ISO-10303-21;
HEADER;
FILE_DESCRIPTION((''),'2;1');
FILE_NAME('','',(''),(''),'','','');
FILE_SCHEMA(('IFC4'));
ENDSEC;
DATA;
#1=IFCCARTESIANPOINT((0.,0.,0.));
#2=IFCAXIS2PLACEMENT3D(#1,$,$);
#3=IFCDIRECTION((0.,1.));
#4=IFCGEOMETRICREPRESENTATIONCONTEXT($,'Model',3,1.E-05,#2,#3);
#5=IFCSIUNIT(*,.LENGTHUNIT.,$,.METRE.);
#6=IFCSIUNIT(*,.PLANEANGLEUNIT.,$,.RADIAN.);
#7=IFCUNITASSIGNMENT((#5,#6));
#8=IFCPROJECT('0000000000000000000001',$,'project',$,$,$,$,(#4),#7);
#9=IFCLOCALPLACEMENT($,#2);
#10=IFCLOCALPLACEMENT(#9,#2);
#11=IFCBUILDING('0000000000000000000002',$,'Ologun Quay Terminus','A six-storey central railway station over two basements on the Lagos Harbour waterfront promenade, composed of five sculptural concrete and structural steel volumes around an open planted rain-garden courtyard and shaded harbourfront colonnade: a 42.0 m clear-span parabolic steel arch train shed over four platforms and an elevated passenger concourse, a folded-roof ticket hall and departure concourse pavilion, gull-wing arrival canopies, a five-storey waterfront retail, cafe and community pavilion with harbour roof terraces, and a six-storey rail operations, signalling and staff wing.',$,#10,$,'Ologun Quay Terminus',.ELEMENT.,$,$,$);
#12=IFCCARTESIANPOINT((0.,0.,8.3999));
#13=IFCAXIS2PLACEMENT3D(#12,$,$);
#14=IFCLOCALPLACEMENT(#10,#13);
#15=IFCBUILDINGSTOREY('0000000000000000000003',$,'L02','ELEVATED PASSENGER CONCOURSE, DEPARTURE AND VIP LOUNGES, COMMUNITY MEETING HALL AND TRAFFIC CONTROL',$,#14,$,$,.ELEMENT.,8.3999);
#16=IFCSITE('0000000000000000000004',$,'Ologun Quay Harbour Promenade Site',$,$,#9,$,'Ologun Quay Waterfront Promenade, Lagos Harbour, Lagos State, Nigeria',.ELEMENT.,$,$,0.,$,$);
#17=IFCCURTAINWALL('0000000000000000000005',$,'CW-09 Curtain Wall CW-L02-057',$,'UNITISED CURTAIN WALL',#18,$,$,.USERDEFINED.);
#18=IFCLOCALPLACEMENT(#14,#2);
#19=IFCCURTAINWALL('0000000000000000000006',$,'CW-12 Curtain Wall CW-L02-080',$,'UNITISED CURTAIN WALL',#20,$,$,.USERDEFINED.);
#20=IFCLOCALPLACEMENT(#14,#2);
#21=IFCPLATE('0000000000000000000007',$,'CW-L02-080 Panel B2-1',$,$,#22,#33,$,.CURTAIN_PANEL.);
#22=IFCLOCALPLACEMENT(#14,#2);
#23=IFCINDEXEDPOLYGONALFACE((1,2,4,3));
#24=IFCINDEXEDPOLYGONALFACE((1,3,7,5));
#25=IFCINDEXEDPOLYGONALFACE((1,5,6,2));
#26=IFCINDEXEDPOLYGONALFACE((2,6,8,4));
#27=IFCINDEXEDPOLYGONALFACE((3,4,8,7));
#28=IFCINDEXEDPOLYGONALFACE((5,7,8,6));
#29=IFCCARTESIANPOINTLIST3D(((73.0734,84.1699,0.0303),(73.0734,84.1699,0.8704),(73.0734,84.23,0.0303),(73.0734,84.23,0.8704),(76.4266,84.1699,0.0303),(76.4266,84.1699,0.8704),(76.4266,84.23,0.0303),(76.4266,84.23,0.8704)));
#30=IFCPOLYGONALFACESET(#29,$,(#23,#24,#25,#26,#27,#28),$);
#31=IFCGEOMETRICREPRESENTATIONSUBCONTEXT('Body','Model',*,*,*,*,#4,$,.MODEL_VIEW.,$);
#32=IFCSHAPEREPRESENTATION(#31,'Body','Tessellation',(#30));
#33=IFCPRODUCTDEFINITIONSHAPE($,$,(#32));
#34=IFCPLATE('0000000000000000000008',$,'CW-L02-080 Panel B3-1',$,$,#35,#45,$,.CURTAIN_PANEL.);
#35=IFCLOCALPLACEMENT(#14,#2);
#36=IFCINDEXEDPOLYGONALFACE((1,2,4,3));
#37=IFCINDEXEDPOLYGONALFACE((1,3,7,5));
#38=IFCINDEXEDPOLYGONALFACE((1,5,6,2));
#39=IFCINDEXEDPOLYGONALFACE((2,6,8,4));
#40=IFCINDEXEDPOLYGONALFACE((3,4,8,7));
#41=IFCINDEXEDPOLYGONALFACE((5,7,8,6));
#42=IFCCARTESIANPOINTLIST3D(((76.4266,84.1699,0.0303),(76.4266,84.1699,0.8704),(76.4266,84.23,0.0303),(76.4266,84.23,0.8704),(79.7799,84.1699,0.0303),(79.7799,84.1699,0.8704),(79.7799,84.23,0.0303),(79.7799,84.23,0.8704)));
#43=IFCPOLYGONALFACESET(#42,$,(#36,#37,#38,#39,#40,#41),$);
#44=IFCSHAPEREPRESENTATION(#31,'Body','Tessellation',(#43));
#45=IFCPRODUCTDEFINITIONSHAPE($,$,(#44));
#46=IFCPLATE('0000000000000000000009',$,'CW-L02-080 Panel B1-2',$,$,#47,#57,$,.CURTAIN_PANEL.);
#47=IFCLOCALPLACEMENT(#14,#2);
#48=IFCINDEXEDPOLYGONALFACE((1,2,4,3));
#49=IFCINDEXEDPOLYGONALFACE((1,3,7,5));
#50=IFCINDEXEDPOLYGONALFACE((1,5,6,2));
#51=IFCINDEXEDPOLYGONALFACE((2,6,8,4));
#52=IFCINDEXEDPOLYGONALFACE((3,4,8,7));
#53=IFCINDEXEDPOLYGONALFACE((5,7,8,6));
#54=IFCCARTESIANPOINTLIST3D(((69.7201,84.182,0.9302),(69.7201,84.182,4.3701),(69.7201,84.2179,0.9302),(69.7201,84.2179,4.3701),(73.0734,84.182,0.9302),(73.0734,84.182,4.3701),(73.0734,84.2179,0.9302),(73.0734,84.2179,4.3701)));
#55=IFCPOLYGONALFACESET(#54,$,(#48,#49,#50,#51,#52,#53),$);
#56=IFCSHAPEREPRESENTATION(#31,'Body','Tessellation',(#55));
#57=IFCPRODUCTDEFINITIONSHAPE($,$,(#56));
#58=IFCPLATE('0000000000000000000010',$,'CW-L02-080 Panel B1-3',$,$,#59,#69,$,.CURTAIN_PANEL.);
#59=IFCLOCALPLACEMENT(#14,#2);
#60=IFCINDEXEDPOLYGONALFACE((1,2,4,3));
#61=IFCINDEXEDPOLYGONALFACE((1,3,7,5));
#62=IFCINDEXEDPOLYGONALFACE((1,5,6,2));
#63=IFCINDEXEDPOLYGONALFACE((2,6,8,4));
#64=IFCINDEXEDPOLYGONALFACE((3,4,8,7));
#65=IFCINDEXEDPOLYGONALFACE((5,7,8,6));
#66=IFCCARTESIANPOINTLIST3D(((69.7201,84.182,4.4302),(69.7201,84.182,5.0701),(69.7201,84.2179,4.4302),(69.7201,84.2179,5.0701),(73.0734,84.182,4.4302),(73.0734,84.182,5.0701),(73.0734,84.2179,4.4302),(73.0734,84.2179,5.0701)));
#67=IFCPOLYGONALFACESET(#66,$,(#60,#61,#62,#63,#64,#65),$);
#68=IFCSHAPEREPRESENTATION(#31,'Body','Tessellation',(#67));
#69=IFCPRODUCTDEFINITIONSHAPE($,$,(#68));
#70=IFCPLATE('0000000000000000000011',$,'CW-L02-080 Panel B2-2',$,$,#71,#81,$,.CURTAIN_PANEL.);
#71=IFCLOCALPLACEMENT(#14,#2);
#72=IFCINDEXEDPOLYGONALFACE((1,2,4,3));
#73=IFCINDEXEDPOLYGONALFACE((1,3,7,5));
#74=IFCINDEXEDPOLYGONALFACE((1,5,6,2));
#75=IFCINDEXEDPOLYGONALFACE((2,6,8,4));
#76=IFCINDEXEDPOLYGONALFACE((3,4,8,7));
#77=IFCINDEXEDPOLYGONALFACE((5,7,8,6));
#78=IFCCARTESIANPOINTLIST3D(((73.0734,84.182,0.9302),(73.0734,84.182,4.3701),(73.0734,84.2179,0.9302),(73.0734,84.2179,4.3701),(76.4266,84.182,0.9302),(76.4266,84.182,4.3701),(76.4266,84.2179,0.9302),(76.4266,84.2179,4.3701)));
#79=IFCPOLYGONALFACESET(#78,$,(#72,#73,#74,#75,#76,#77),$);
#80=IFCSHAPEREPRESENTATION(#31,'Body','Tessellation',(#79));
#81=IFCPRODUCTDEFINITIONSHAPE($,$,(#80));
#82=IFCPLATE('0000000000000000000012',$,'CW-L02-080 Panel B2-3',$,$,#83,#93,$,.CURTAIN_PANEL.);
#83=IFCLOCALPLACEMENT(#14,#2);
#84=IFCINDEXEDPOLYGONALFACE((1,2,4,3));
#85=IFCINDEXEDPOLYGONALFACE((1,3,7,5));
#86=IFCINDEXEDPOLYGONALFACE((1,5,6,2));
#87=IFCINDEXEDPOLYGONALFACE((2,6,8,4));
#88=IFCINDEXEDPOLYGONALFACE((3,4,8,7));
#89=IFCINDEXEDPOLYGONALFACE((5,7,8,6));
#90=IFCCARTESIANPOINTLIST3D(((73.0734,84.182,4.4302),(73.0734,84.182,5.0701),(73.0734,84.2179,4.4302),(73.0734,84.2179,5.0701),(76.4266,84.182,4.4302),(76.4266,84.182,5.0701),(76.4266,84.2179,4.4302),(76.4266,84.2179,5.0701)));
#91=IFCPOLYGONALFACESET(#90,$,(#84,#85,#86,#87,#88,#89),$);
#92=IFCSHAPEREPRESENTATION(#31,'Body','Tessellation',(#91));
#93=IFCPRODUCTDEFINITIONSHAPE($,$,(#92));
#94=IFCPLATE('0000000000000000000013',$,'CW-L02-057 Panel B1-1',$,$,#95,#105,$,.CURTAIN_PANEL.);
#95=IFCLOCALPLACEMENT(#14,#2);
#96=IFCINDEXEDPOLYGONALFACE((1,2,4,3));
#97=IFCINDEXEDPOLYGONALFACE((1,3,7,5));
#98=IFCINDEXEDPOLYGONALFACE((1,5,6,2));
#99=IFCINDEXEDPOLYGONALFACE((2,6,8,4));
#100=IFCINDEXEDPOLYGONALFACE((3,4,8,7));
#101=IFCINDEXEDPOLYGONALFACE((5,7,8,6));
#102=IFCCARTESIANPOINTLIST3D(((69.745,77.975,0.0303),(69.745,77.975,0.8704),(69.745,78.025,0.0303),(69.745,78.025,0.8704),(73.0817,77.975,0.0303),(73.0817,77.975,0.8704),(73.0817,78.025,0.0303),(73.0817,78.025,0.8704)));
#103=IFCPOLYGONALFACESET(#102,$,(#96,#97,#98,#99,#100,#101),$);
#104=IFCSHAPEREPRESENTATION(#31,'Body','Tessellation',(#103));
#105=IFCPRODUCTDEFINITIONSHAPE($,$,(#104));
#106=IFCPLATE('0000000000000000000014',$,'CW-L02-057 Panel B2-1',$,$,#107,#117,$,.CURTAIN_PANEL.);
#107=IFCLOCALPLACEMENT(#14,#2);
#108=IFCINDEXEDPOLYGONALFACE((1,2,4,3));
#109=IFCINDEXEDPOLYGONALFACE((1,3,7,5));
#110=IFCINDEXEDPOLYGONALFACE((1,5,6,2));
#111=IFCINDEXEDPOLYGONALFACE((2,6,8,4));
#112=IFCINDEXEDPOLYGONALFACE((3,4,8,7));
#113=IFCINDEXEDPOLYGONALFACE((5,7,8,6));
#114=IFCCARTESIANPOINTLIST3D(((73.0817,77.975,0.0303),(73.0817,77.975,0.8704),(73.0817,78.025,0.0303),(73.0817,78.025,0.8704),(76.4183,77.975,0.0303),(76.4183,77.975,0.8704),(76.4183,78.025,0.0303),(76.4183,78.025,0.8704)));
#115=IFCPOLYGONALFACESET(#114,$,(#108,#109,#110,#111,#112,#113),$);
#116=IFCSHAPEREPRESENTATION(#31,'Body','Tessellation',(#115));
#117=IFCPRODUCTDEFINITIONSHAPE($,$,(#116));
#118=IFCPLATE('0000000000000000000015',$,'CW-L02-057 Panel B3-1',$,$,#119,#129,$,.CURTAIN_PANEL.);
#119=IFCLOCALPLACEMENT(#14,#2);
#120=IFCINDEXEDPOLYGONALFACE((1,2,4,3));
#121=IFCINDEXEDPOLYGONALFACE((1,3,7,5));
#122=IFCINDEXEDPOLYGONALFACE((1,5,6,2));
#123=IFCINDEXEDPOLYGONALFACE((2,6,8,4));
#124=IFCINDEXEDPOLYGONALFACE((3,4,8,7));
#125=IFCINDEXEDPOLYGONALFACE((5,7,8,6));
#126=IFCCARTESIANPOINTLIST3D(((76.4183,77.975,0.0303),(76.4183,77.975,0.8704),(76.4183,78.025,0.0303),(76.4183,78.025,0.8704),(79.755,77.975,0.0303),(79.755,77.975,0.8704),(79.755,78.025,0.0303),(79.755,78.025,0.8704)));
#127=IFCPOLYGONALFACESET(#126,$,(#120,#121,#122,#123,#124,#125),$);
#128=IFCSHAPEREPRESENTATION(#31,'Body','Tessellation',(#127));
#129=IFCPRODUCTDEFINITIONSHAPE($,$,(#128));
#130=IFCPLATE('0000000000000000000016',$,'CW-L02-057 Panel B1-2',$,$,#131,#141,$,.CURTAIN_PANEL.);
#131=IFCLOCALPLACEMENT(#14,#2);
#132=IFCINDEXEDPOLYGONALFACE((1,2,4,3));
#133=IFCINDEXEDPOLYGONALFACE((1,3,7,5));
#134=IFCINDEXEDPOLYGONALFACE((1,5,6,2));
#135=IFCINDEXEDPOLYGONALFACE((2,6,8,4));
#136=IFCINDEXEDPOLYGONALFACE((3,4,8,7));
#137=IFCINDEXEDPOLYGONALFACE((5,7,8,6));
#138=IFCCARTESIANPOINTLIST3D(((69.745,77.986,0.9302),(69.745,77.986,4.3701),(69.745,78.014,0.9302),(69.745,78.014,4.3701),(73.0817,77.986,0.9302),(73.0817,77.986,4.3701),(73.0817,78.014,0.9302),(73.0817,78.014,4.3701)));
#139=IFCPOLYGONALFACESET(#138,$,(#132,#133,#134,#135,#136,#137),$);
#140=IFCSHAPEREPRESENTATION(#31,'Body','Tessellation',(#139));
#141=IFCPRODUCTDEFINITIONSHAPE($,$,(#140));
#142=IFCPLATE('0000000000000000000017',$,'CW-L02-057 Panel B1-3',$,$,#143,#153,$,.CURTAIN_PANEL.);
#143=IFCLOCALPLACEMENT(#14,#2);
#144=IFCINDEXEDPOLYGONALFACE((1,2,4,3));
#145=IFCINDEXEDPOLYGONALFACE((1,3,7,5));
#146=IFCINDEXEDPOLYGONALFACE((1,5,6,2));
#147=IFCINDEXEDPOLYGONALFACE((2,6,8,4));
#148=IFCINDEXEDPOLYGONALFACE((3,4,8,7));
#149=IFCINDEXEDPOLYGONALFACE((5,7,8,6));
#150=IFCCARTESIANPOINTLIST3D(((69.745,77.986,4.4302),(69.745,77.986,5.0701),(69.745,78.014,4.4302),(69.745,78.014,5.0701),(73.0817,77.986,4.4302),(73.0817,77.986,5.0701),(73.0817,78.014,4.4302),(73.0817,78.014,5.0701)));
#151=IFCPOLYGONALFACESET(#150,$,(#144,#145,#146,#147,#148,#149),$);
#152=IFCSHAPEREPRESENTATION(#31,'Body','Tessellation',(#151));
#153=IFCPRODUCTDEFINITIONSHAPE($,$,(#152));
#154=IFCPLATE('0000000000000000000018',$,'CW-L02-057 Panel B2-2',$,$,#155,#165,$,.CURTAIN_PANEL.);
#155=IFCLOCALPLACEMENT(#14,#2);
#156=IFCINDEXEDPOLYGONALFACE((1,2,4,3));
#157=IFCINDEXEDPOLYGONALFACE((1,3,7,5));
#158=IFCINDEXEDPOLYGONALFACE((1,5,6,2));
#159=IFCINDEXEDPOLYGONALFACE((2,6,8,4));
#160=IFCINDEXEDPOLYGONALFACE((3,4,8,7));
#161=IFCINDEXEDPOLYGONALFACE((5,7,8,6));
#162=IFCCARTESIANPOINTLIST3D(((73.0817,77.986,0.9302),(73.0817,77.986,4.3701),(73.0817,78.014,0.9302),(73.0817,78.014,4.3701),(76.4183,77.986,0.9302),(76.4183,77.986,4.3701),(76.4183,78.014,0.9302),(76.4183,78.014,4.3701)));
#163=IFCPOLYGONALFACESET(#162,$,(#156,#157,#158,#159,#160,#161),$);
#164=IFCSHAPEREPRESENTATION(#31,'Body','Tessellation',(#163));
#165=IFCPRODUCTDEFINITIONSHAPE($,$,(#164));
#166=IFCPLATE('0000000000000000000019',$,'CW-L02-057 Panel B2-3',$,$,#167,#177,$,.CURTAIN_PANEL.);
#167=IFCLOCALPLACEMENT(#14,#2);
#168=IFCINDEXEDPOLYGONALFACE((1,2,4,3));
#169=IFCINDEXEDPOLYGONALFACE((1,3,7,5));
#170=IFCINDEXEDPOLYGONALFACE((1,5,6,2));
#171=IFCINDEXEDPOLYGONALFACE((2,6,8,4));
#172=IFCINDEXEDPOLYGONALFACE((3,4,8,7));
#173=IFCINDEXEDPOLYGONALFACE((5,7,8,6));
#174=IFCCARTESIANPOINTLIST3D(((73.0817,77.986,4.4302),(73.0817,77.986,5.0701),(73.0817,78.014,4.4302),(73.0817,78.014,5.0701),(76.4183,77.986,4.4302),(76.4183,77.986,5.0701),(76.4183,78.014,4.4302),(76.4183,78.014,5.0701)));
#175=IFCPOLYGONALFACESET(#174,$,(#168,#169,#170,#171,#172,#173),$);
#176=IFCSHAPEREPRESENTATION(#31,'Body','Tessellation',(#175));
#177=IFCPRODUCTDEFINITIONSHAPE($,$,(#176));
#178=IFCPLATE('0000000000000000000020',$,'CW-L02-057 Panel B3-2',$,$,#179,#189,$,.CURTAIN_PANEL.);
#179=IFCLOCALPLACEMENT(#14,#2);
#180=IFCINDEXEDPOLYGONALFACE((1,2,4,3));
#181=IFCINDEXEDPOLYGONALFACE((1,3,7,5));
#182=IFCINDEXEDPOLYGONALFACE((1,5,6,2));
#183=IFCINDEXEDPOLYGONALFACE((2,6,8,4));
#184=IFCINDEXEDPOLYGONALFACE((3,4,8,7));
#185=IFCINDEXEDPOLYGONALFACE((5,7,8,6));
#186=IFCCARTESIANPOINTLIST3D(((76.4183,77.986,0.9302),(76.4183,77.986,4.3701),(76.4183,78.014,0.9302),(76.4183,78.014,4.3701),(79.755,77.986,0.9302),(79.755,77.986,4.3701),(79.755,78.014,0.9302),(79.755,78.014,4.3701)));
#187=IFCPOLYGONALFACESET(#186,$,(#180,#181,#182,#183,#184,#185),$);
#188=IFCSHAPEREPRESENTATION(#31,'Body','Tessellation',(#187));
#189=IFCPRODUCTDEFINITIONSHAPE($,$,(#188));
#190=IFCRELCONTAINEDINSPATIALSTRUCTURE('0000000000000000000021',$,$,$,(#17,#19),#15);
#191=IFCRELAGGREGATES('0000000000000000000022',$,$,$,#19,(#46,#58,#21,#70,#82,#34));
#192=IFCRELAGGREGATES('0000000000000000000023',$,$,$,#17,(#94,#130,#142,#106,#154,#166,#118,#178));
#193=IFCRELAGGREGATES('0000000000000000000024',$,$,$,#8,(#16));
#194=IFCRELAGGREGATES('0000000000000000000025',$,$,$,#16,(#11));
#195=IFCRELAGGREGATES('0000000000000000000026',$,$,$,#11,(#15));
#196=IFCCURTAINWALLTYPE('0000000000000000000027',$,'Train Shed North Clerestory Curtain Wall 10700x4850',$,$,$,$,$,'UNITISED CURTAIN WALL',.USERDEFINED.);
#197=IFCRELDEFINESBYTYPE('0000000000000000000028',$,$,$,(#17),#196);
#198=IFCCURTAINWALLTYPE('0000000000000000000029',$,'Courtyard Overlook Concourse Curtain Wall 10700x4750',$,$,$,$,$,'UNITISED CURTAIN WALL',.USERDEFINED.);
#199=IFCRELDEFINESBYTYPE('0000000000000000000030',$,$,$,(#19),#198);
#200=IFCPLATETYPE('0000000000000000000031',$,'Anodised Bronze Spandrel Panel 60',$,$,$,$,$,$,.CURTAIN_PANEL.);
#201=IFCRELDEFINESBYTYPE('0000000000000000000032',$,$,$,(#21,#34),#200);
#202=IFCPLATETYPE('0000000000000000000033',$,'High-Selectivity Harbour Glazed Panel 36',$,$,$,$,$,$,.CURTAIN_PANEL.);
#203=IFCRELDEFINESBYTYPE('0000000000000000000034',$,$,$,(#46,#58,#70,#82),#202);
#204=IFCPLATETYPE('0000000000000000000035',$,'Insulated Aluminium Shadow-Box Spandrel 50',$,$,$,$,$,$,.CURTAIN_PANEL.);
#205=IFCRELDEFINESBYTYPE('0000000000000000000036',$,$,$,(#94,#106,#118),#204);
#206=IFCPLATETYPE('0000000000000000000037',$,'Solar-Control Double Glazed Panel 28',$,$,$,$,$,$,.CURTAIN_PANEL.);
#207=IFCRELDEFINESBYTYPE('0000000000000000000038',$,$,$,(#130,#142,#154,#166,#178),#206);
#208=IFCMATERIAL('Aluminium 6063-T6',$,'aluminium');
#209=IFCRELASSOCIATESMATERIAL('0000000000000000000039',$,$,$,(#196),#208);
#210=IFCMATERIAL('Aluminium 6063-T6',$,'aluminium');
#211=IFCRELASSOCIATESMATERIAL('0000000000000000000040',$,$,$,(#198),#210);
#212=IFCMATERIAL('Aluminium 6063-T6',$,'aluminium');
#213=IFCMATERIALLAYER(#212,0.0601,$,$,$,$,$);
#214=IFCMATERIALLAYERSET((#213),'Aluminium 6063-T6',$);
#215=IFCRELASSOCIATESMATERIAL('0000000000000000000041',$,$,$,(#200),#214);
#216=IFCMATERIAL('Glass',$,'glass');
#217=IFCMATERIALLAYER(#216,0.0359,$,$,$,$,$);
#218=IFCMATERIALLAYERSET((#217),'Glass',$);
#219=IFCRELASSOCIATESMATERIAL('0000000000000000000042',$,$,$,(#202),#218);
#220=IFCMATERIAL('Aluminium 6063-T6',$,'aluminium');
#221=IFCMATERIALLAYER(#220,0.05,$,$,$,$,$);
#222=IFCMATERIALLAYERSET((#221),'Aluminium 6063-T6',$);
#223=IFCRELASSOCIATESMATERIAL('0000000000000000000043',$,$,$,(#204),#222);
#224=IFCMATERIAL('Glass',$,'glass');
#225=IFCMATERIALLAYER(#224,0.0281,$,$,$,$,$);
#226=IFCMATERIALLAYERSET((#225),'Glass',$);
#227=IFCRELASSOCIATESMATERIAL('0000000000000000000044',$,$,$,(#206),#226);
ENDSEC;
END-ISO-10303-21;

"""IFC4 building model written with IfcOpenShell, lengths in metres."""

from ifc_helpers import new_model, si_unit, direction, frame, origin, origin_2d, place, context, subcontext, project, spatial, rectangle, extrude, material, layer, layer_set, type_object, element, aggregate, save


model = new_model("IFC4")

# Units and contexts
model_context = context("Model", 3, precision=1e-05, world=origin(), true_north=direction((0.0, 1.0)))
body_context = subcontext(model_context, "Body", "Model", "MODEL_VIEW")
ifc_project = project(units=[si_unit("LENGTHUNIT", "METRE"), si_unit("PLANEANGLEUNIT", "RADIAN")], contexts=[model_context])

# Site, building, storey
site_placement = place(None, origin())
site = spatial("IfcSite", under=ifc_project, at=site_placement, Name="Ologun Quay Harbour Promenade Site", LongName="Ologun Quay Waterfront Promenade, Lagos Harbour, Lagos State, Nigeria", CompositionType="ELEMENT", RefElevation=0.0)
building_placement = place(site_placement, origin())
building = spatial("IfcBuilding", under=site, at=building_placement, Name="Ologun Quay Terminus", Description="A six-storey central railway station over two basements on the Lagos Harbour waterfront promenade, composed of five sculptural concrete and structural steel volumes around an open planted rain-garden courtyard and shaded harbourfront colonnade: a 42.0 m clear-span parabolic steel arch train shed over four platforms and an elevated passenger concourse, a folded-roof ticket hall and departure concourse pavilion, gull-wing arrival canopies, a five-storey waterfront retail, cafe and community pavilion with harbour roof terraces, and a six-storey rail operations, signalling and staff wing.", LongName="Ologun Quay Terminus", CompositionType="ELEMENT")
storey_placement = place(building_placement, frame((0.0, 0.0, 8.3999)))
storey = spatial("IfcBuildingStorey", under=building, at=storey_placement, Name="L02", Description="ELEVATED PASSENGER CONCOURSE, DEPARTURE AND VIP LOUNGES, COMMUNITY MEETING HALL AND TRAFFIC CONTROL", CompositionType="ELEMENT", Elevation=8.3999)

# Curtain walls
ifc_material_1 = material(Name="Aluminium 6063-T6", Category="aluminium")
curtain_wall_type_1 = type_object("IfcCurtainWallType", Name="Train Shed North Clerestory Curtain Wall 10700x4850", ElementType="UNITISED CURTAIN WALL", PredefinedType="USERDEFINED", material=ifc_material_1)
curtain_wall_1_placement = place(storey_placement, origin())
curtain_wall_1 = element("IfcCurtainWall", 1, at=curtain_wall_1_placement, inside=storey, type_object=curtain_wall_type_1, Name="CW-09 Curtain Wall CW-L02-057", ObjectType="UNITISED CURTAIN WALL", PredefinedType="USERDEFINED")
ifc_material_2 = material(Name="Aluminium 6063-T6", Category="aluminium")
curtain_wall_type_2 = type_object("IfcCurtainWallType", Name="Courtyard Overlook Concourse Curtain Wall 10700x4750", ElementType="UNITISED CURTAIN WALL", PredefinedType="USERDEFINED", material=ifc_material_2)
curtain_wall_2_placement = place(storey_placement, origin())
curtain_wall_2 = element("IfcCurtainWall", 2, at=curtain_wall_2_placement, inside=storey, type_object=curtain_wall_type_2, Name="CW-12 Curtain Wall CW-L02-080", ObjectType="UNITISED CURTAIN WALL", PredefinedType="USERDEFINED")

# Plates
ifc_material_3 = material(Name="Aluminium 6063-T6", Category="aluminium")
ifc_layer_1 = layer(ifc_material_3, 0.0601)
ifc_layer_set_1 = layer_set([ifc_layer_1], Name="Aluminium 6063-T6")
plate_type_1 = type_object("IfcPlateType", Name="Anodised Bronze Spandrel Panel 60", PredefinedType="CURTAIN_PANEL", material=ifc_layer_set_1)
plate_1_placement = place(storey_placement, frame((74.75, 84.2, 0.0303), z_axis=(0.0, 0.0, 1.0), x_axis=(1.0, 0.0, 0.0)))
plate_1 = element("IfcPlate", 3, at=plate_1_placement, type_object=plate_type_1, Name="CW-L02-080 Panel B2-1", PredefinedType="CURTAIN_PANEL", context=body_context, shape_type="SweptSolid", body=[
    extrude(rectangle(XDim=3.3533, YDim=0.0601, at=origin_2d()), origin(), (0.0, 0.0, 1.0), 0.8401),
])
plate_2_placement = place(storey_placement, frame((78.1033, 84.2, 0.0303), z_axis=(0.0, 0.0, 1.0), x_axis=(1.0, 0.0, 0.0)))
plate_2 = element("IfcPlate", 4, at=plate_2_placement, type_object=plate_type_1, Name="CW-L02-080 Panel B3-1", PredefinedType="CURTAIN_PANEL", context=body_context, shape_type="SweptSolid", body=[
    extrude(rectangle(XDim=3.3533, YDim=0.0601, at=origin_2d()), origin(), (0.0, 0.0, 1.0), 0.8401),
])
ifc_material_4 = material(Name="Glass", Category="glass")
ifc_layer_2 = layer(ifc_material_4, 0.0359)
ifc_layer_set_2 = layer_set([ifc_layer_2], Name="Glass")
plate_type_2 = type_object("IfcPlateType", Name="High-Selectivity Harbour Glazed Panel 36", PredefinedType="CURTAIN_PANEL", material=ifc_layer_set_2)
plate_3_placement = place(storey_placement, frame((71.3967, 84.2, 0.9302), z_axis=(0.0, 0.0, 1.0), x_axis=(1.0, 0.0, 0.0)))
plate_3 = element("IfcPlate", 5, at=plate_3_placement, type_object=plate_type_2, Name="CW-L02-080 Panel B1-2", PredefinedType="CURTAIN_PANEL", context=body_context, shape_type="SweptSolid", body=[
    extrude(rectangle(XDim=3.3533, YDim=0.0359, at=origin_2d()), origin(), (0.0, 0.0, 1.0), 3.4399),
])
plate_4_placement = place(storey_placement, frame((71.3967, 84.2, 4.4302), z_axis=(0.0, 0.0, 1.0), x_axis=(1.0, 0.0, 0.0)))
plate_4 = element("IfcPlate", 6, at=plate_4_placement, type_object=plate_type_2, Name="CW-L02-080 Panel B1-3", PredefinedType="CURTAIN_PANEL", context=body_context, shape_type="SweptSolid", body=[
    extrude(rectangle(XDim=3.3533, YDim=0.0359, at=origin_2d()), origin(), (0.0, 0.0, 1.0), 0.6399),
])
plate_5_placement = place(storey_placement, frame((74.75, 84.2, 0.9302), z_axis=(0.0, 0.0, 1.0), x_axis=(1.0, 0.0, 0.0)))
plate_5 = element("IfcPlate", 7, at=plate_5_placement, type_object=plate_type_2, Name="CW-L02-080 Panel B2-2", PredefinedType="CURTAIN_PANEL", context=body_context, shape_type="SweptSolid", body=[
    extrude(rectangle(XDim=3.3533, YDim=0.0359, at=origin_2d()), origin(), (0.0, 0.0, 1.0), 3.4399),
])
plate_6_placement = place(storey_placement, frame((74.75, 84.2, 4.4302), z_axis=(0.0, 0.0, 1.0), x_axis=(1.0, 0.0, 0.0)))
plate_6 = element("IfcPlate", 8, at=plate_6_placement, type_object=plate_type_2, Name="CW-L02-080 Panel B2-3", PredefinedType="CURTAIN_PANEL", context=body_context, shape_type="SweptSolid", body=[
    extrude(rectangle(XDim=3.3533, YDim=0.0359, at=origin_2d()), origin(), (0.0, 0.0, 1.0), 0.6399),
])
aggregate(curtain_wall_2, [plate_3, plate_4, plate_1, plate_5, plate_6, plate_2])
ifc_material_5 = material(Name="Aluminium 6063-T6", Category="aluminium")
ifc_layer_3 = layer(ifc_material_5, 0.05)
ifc_layer_set_3 = layer_set([ifc_layer_3], Name="Aluminium 6063-T6")
plate_type_3 = type_object("IfcPlateType", Name="Insulated Aluminium Shadow-Box Spandrel 50", PredefinedType="CURTAIN_PANEL", material=ifc_layer_set_3)
plate_7_placement = place(storey_placement, frame((71.4133, 78.0, 0.0303), z_axis=(0.0, 0.0, 1.0), x_axis=(1.0, 0.0, 0.0)))
plate_7 = element("IfcPlate", 9, at=plate_7_placement, type_object=plate_type_3, Name="CW-L02-057 Panel B1-1", PredefinedType="CURTAIN_PANEL", context=body_context, shape_type="SweptSolid", body=[
    extrude(rectangle(XDim=3.3367, YDim=0.05, at=origin_2d()), origin(), (0.0, 0.0, 1.0), 0.8401),
])
plate_8_placement = place(storey_placement, frame((74.75, 78.0, 0.0303), z_axis=(0.0, 0.0, 1.0), x_axis=(1.0, 0.0, 0.0)))
plate_8 = element("IfcPlate", 10, at=plate_8_placement, type_object=plate_type_3, Name="CW-L02-057 Panel B2-1", PredefinedType="CURTAIN_PANEL", context=body_context, shape_type="SweptSolid", body=[
    extrude(rectangle(XDim=3.3367, YDim=0.05, at=origin_2d()), origin(), (0.0, 0.0, 1.0), 0.8401),
])
plate_9_placement = place(storey_placement, frame((78.0867, 78.0, 0.0303), z_axis=(0.0, 0.0, 1.0), x_axis=(1.0, 0.0, 0.0)))
plate_9 = element("IfcPlate", 11, at=plate_9_placement, type_object=plate_type_3, Name="CW-L02-057 Panel B3-1", PredefinedType="CURTAIN_PANEL", context=body_context, shape_type="SweptSolid", body=[
    extrude(rectangle(XDim=3.3367, YDim=0.05, at=origin_2d()), origin(), (0.0, 0.0, 1.0), 0.8401),
])
ifc_material_6 = material(Name="Glass", Category="glass")
ifc_layer_4 = layer(ifc_material_6, 0.0281)
ifc_layer_set_4 = layer_set([ifc_layer_4], Name="Glass")
plate_type_4 = type_object("IfcPlateType", Name="Solar-Control Double Glazed Panel 28", PredefinedType="CURTAIN_PANEL", material=ifc_layer_set_4)
plate_10_placement = place(storey_placement, frame((71.4133, 78.0, 0.9302), z_axis=(0.0, 0.0, 1.0), x_axis=(1.0, 0.0, 0.0)))
plate_10 = element("IfcPlate", 12, at=plate_10_placement, type_object=plate_type_4, Name="CW-L02-057 Panel B1-2", PredefinedType="CURTAIN_PANEL", context=body_context, shape_type="SweptSolid", body=[
    extrude(rectangle(XDim=3.3367, YDim=0.0281, at=origin_2d()), origin(), (0.0, 0.0, 1.0), 3.4399),
])
plate_11_placement = place(storey_placement, frame((71.4133, 78.0, 4.4302), z_axis=(0.0, 0.0, 1.0), x_axis=(1.0, 0.0, 0.0)))
plate_11 = element("IfcPlate", 13, at=plate_11_placement, type_object=plate_type_4, Name="CW-L02-057 Panel B1-3", PredefinedType="CURTAIN_PANEL", context=body_context, shape_type="SweptSolid", body=[
    extrude(rectangle(XDim=3.3367, YDim=0.0281, at=origin_2d()), origin(), (0.0, 0.0, 1.0), 0.6399),
])
plate_12_placement = place(storey_placement, frame((74.75, 78.0, 0.9302), z_axis=(0.0, 0.0, 1.0), x_axis=(1.0, 0.0, 0.0)))
plate_12 = element("IfcPlate", 14, at=plate_12_placement, type_object=plate_type_4, Name="CW-L02-057 Panel B2-2", PredefinedType="CURTAIN_PANEL", context=body_context, shape_type="SweptSolid", body=[
    extrude(rectangle(XDim=3.3367, YDim=0.0281, at=origin_2d()), origin(), (0.0, 0.0, 1.0), 3.4399),
])
plate_13_placement = place(storey_placement, frame((74.75, 78.0, 4.4302), z_axis=(0.0, 0.0, 1.0), x_axis=(1.0, 0.0, 0.0)))
plate_13 = element("IfcPlate", 15, at=plate_13_placement, type_object=plate_type_4, Name="CW-L02-057 Panel B2-3", PredefinedType="CURTAIN_PANEL", context=body_context, shape_type="SweptSolid", body=[
    extrude(rectangle(XDim=3.3367, YDim=0.0281, at=origin_2d()), origin(), (0.0, 0.0, 1.0), 0.6399),
])
plate_14_placement = place(storey_placement, frame((78.0867, 78.0, 0.9302), z_axis=(0.0, 0.0, 1.0), x_axis=(1.0, 0.0, 0.0)))
plate_14 = element("IfcPlate", 16, at=plate_14_placement, type_object=plate_type_4, Name="CW-L02-057 Panel B3-2", PredefinedType="CURTAIN_PANEL", context=body_context, shape_type="SweptSolid", body=[
    extrude(rectangle(XDim=3.3367, YDim=0.0281, at=origin_2d()), origin(), (0.0, 0.0, 1.0), 3.4399),
])
aggregate(curtain_wall_1, [plate_7, plate_10, plate_11, plate_8, plate_12, plate_13, plate_9, plate_14])

save(model, "model.ifc")
